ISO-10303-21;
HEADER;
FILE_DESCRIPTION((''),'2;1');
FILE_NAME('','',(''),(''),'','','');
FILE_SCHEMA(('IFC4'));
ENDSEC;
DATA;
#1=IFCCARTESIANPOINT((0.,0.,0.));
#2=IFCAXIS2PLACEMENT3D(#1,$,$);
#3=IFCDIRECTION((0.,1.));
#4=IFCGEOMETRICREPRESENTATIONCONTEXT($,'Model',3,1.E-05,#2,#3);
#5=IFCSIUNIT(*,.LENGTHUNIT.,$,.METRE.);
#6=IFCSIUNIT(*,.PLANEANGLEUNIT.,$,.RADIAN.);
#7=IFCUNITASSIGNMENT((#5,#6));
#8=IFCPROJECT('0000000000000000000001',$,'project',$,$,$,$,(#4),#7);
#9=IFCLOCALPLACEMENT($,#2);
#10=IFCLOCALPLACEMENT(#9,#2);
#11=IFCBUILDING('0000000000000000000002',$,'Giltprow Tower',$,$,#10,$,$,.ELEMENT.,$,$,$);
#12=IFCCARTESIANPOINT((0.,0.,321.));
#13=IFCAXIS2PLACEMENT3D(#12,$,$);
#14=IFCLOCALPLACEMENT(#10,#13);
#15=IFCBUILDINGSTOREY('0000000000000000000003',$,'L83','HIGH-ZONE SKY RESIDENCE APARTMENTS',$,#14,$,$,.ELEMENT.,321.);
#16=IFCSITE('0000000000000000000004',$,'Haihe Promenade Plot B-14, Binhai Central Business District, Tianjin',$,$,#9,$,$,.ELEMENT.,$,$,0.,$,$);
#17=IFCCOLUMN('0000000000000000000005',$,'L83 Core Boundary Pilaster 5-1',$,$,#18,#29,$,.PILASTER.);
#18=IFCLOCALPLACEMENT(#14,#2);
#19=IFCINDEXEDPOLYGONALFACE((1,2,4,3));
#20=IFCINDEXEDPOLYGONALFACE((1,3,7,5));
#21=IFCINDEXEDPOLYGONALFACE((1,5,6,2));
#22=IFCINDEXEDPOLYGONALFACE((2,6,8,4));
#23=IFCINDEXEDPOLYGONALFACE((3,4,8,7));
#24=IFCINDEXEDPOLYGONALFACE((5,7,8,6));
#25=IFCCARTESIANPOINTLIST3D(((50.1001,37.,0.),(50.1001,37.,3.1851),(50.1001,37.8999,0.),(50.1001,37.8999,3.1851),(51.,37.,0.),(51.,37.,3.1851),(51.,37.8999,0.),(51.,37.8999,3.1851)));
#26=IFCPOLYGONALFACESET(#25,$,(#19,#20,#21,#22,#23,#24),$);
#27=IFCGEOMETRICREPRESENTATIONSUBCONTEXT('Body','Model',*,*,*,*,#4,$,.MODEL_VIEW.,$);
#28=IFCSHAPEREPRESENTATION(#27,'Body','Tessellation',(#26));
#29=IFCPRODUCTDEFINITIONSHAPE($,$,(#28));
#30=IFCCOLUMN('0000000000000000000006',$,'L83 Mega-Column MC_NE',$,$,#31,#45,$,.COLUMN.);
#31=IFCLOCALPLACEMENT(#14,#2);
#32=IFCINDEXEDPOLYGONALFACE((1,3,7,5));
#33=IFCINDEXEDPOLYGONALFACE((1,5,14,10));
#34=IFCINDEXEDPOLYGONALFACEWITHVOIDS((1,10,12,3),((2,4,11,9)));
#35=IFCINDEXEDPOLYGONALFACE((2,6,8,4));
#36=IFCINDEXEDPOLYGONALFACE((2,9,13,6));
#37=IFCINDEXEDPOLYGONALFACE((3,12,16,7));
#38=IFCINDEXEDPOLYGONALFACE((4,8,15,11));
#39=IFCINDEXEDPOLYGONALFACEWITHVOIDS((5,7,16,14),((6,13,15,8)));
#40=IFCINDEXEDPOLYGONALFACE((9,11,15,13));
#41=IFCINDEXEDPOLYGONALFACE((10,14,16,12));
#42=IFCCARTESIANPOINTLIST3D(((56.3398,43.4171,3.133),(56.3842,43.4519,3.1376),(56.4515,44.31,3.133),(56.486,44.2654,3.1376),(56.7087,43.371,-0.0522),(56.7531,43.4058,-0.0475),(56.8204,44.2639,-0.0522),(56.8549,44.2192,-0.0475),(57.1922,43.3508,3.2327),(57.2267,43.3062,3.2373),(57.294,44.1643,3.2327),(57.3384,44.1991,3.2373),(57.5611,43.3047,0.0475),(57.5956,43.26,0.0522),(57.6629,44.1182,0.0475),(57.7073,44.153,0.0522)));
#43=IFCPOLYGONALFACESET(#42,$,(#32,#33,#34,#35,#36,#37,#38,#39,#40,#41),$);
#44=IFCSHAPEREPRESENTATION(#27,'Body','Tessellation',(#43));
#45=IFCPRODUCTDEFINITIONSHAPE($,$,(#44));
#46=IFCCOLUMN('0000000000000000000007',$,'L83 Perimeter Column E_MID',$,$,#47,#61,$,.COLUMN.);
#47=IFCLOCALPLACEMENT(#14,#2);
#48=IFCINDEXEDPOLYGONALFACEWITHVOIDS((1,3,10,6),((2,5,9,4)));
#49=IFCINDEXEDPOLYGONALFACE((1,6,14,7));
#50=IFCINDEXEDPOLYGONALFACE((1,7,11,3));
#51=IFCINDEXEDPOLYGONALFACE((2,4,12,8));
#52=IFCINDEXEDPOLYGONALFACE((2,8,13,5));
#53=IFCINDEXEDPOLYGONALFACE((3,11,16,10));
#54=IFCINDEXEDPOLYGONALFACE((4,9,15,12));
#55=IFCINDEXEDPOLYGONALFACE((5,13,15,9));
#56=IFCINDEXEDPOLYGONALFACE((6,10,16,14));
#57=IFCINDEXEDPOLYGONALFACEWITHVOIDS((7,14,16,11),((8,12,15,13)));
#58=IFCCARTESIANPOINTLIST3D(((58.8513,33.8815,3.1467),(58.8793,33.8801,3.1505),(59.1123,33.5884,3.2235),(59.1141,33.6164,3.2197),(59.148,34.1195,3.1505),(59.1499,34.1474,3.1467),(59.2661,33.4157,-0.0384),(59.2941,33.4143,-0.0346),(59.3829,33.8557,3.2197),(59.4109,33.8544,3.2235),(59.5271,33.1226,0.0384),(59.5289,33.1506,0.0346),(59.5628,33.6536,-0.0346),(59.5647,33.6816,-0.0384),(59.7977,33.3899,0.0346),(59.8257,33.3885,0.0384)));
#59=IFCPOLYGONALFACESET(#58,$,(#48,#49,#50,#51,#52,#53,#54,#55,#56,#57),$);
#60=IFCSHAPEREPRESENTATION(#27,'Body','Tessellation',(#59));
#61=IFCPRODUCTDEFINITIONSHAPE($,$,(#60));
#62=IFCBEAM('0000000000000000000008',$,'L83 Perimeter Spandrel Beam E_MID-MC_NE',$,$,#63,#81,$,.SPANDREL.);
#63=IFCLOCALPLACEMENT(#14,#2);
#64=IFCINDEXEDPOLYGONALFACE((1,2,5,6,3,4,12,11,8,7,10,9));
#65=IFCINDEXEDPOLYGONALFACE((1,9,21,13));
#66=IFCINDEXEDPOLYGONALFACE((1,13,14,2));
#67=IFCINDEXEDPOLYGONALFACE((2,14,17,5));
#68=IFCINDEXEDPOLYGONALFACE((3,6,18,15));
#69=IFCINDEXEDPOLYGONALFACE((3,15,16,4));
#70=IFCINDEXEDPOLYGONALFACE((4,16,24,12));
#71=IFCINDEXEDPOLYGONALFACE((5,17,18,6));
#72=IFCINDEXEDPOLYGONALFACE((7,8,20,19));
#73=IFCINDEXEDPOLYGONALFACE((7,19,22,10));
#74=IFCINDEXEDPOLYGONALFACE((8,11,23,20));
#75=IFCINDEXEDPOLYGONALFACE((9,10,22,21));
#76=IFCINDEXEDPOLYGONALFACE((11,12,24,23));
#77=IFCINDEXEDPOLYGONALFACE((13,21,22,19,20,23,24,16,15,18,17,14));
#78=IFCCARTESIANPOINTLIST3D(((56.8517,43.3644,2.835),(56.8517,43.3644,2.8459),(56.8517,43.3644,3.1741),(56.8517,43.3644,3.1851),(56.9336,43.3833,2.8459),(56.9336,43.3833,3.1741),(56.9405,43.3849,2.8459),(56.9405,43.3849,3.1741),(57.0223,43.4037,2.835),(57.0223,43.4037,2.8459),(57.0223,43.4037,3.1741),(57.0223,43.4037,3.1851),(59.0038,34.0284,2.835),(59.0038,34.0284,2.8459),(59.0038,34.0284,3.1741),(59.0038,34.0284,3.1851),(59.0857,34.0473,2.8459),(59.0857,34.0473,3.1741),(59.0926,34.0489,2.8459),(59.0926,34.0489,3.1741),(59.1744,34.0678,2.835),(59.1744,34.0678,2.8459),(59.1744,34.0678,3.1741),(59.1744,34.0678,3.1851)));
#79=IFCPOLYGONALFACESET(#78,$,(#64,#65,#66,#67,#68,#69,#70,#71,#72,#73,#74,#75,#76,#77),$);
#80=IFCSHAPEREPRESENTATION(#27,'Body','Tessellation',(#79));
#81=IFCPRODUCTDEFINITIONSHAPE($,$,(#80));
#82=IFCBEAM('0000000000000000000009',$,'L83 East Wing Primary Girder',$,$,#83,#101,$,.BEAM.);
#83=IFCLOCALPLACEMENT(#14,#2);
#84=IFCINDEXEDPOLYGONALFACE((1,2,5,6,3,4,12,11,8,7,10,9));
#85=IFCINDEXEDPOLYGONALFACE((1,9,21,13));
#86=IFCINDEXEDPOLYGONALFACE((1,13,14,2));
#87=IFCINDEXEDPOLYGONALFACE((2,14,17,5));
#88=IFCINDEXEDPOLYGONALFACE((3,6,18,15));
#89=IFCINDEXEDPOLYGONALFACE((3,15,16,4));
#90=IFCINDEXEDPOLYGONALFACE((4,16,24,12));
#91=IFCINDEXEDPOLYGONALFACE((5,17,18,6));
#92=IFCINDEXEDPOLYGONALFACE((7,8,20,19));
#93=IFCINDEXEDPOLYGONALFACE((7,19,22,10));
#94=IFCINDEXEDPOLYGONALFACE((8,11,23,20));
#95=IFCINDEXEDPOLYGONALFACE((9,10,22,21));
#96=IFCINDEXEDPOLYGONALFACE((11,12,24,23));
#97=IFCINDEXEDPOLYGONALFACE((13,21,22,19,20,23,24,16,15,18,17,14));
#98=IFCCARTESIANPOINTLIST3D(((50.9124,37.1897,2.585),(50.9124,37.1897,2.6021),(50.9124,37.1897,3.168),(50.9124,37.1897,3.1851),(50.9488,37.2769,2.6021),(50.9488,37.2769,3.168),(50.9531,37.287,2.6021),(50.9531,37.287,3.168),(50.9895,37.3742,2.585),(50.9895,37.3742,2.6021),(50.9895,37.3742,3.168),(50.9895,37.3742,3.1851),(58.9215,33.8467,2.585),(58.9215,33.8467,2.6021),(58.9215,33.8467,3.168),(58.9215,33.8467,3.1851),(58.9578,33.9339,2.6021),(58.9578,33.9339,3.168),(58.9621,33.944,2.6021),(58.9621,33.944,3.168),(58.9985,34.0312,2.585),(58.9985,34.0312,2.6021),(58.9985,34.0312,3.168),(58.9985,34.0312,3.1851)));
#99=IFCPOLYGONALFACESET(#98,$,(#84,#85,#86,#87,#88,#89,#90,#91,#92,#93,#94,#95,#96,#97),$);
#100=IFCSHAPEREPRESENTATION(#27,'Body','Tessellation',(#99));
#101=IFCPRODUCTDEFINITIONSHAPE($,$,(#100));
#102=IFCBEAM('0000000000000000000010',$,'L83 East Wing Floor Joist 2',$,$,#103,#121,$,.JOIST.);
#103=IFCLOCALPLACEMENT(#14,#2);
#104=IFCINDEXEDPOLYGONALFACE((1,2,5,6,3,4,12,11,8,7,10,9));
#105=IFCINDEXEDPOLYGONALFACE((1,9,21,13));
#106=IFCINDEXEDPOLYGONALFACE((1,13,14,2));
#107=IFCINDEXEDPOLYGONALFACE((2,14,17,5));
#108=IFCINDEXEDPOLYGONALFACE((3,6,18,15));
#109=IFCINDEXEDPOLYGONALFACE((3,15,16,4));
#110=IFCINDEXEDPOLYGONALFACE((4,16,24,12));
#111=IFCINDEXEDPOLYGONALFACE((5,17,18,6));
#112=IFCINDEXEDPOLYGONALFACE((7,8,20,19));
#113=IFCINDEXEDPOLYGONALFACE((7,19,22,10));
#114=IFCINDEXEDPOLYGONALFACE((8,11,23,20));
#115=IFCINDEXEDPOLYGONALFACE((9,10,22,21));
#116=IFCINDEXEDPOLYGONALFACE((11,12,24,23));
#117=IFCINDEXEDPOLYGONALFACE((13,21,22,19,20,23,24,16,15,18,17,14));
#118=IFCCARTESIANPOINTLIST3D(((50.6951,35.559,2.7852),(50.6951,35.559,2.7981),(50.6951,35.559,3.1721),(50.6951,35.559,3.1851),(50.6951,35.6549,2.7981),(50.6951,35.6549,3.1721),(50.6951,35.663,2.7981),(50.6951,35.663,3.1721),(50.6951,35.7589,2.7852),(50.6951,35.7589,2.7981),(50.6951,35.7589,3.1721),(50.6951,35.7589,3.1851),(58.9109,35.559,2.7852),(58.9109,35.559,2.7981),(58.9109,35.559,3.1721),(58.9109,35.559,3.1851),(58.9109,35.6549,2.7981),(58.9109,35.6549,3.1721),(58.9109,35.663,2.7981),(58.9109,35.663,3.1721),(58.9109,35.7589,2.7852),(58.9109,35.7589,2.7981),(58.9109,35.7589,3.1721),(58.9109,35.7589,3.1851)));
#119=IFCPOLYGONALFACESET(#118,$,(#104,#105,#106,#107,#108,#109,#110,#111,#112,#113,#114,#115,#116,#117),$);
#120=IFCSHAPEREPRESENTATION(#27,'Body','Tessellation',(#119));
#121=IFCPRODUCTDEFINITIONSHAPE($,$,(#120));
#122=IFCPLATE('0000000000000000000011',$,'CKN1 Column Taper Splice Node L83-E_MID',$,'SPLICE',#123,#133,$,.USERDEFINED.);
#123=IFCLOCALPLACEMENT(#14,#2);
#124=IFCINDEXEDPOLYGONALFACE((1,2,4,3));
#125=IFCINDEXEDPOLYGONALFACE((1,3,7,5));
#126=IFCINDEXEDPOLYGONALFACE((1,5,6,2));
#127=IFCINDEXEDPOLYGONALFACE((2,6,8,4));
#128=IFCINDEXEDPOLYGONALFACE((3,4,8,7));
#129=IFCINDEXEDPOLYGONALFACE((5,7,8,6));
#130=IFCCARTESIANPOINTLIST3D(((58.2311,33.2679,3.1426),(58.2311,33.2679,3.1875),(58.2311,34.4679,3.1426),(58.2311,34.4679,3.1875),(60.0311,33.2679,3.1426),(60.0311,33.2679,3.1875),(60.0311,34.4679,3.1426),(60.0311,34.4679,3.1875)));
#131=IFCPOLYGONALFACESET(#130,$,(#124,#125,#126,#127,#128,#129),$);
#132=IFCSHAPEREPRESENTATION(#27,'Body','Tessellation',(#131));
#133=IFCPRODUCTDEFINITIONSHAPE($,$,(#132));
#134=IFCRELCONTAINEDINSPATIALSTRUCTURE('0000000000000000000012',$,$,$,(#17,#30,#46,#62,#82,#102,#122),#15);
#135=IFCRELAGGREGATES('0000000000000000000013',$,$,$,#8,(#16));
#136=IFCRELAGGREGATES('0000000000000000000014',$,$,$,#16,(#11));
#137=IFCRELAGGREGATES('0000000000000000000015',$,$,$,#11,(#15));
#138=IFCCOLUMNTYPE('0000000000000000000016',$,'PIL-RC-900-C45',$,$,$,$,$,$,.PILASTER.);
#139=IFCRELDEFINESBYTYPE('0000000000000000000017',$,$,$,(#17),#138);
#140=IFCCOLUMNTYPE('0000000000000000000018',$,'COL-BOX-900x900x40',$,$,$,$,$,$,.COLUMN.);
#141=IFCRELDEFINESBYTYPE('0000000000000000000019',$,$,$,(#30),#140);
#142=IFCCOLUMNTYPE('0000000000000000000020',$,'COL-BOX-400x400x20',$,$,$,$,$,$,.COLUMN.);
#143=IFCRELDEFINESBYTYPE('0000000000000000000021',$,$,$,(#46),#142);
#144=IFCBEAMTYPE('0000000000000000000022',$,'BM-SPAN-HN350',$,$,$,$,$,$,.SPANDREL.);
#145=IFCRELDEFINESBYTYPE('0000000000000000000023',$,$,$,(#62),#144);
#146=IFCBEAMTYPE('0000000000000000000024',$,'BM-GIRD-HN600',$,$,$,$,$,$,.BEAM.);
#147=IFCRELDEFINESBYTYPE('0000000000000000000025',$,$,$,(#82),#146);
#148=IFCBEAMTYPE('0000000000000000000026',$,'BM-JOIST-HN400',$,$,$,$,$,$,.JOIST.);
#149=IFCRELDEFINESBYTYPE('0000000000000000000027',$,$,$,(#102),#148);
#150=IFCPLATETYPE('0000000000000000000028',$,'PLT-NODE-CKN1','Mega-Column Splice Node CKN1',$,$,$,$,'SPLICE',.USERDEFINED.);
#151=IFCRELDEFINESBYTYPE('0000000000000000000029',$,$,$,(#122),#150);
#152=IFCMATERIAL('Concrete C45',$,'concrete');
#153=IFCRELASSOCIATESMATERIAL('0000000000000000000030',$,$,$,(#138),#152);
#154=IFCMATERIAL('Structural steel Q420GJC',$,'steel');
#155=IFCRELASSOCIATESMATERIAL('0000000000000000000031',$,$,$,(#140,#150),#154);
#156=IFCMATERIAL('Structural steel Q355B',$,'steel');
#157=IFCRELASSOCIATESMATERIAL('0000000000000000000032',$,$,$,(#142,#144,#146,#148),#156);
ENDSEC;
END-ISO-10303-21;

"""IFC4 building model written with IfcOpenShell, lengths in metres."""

from ifc_helpers import new_model, si_unit, direction, frame, origin, origin_2d, place, context, subcontext, project, spatial, rectangle, hollow_rectangle, i_section, extrude, source, transform, mapped, material, material_profile, profile_set, type_object, element, save


model = new_model("IFC4")

# Units and contexts
model_context = context("Model", 3, precision=1e-05, world=origin(), true_north=direction((0.0, 1.0)))
body_context = subcontext(model_context, "Body", "Model", "MODEL_VIEW")
ifc_project = project(units=[si_unit("LENGTHUNIT", "METRE"), si_unit("PLANEANGLEUNIT", "RADIAN")], contexts=[model_context])

# Site, building, storey
site_placement = place(None, origin())
site = spatial("IfcSite", under=ifc_project, at=site_placement, Name="Haihe Promenade Plot B-14, Binhai Central Business District, Tianjin", CompositionType="ELEMENT", RefElevation=0.0)
building_placement = place(site_placement, origin())
building = spatial("IfcBuilding", under=site, at=building_placement, Name="Giltprow Tower", CompositionType="ELEMENT")
storey_placement = place(building_placement, frame((0.0, 0.0, 321.0)))
storey = spatial("IfcBuildingStorey", under=building, at=storey_placement, Name="L83", Description="HIGH-ZONE SKY RESIDENCE APARTMENTS", CompositionType="ELEMENT", Elevation=321.0)

# Columns
ifc_material_1 = material(Name="Concrete C45", Category="concrete")
ifc_material_profile_1 = material_profile(ifc_material_1, rectangle(XDim=0.8999, YDim=0.8999, at=origin_2d()), Name="RC 900x900")
ifc_profile_set_1 = profile_set([ifc_material_profile_1], Name="Concrete C45")
column_type_1 = type_object("IfcColumnType", Name="PIL-RC-900-C45", PredefinedType="PILASTER", material=ifc_profile_set_1)
shared_shape_1 = source(origin(), body_context, "Body", "SweptSolid", [
    extrude(rectangle(XDim=0.8999, YDim=0.8999, at=origin_2d()), origin(), (0.0, 0.0, 1.0), 3.1851),
])
column_1_placement = place(storey_placement, frame((50.55, 37.45, 0.0), z_axis=(0.0, 0.0, 1.0), x_axis=(1.0, 0.0, 0.0)))
element("IfcColumn", 1, at=column_1_placement, inside=storey, type_object=column_type_1, Name="L83 Core Boundary Pilaster 5-1", PredefinedType="PILASTER", context=body_context, shape_type="MappedRepresentation", body=[
    mapped(shared_shape_1, transform((0.0, 0.0, 0.0), x_axis=(1.0, 0.0, 0.0), y_axis=(0.0, 1.0, 0.0), z_axis=(0.0, 0.0, 1.0), scale=1.0)),
])
ifc_material_2 = material(Name="Structural steel Q420GJC", Category="steel")
ifc_material_profile_2 = material_profile(ifc_material_2, hollow_rectangle(XDim=0.8999, YDim=0.8999, WallThickness=0.04, at=origin_2d()), Name="BOX 900x900x40")
ifc_profile_set_2 = profile_set([ifc_material_profile_2], Name="Structural steel Q420GJC")
column_type_2 = type_object("IfcColumnType", Name="COL-BOX-900x900x40", PredefinedType="COLUMN", material=ifc_profile_set_2)
shared_shape_2 = source(origin(), body_context, "Body", "SweptSolid", [
    extrude(hollow_rectangle(XDim=0.8999, YDim=0.8999, WallThickness=0.04, at=origin_2d()), origin(), (0.0, 0.0, 1.0), 3.2068),
])
column_2_placement = place(storey_placement, frame((57.208, 43.762, 0.0), z_axis=(-0.11504, 0.01439, 0.993257), x_axis=(-0.124116, -0.992268, 0.0)))
element("IfcColumn", 2, at=column_2_placement, inside=storey, type_object=column_type_2, Name="L83 Mega-Column MC_NE", PredefinedType="COLUMN", context=body_context, shape_type="MappedRepresentation", body=[
    mapped(shared_shape_2, transform((0.0, 0.0, 0.0), x_axis=(1.0, 0.0, 0.0), y_axis=(0.0, 1.0, 0.0), z_axis=(0.0, 0.0, 1.0), scale=1.0)),
])
ifc_material_3 = material(Name="Structural steel Q355B", Category="steel")
ifc_material_profile_3 = material_profile(ifc_material_3, hollow_rectangle(XDim=0.3999, YDim=0.3999, WallThickness=0.02, at=origin_2d()), Name="BOX 400x400x20")
ifc_profile_set_3 = profile_set([ifc_material_profile_3], Name="Structural steel Q355B")
column_type_3 = type_object("IfcColumnType", Name="COL-BOX-400x400x20", PredefinedType="COLUMN", material=ifc_profile_set_3)
shared_shape_3 = source(origin(), body_context, "Body", "SweptSolid", [
    extrude(hollow_rectangle(XDim=0.3999, YDim=0.3999, WallThickness=0.02, at=origin_2d()), origin(), (0.0, 0.0, 1.0), 3.2456),
])
column_3_placement = place(storey_placement, frame((59.5459, 33.4021, 0.0), z_axis=(-0.127804, 0.143526, 0.98136), x_axis=(-0.746826, -0.66502, 0.0)))
element("IfcColumn", 3, at=column_3_placement, inside=storey, type_object=column_type_3, Name="L83 Perimeter Column E_MID", PredefinedType="COLUMN", context=body_context, shape_type="MappedRepresentation", body=[
    mapped(shared_shape_3, transform((0.0, 0.0, 0.0), x_axis=(1.0, 0.0, 0.0), y_axis=(0.0, 1.0, 0.0), z_axis=(0.0, 0.0, 1.0), scale=1.0)),
])

# Beams
ifc_material_profile_4 = material_profile(ifc_material_3, i_section(OverallWidth=0.175, OverallDepth=0.3501, WebThickness=0.0071, FlangeThickness=0.011, at=origin_2d()), Name="HN 350x175x7x11")
ifc_profile_set_4 = profile_set([ifc_material_profile_4], Name="Structural steel Q355B")
beam_type_1 = type_object("IfcBeamType", Name="BM-SPAN-HN350", PredefinedType="SPANDREL", material=ifc_profile_set_4)
shared_shape_4 = source(origin(), body_context, "Body", "SweptSolid", [
    extrude(i_section(OverallWidth=0.175, OverallDepth=0.3501, WebThickness=0.0071, FlangeThickness=0.011, at=origin_2d()), origin(), (0.0, 0.0, 1.0), 9.5808),
])
beam_1_placement = place(storey_placement, frame((59.0891, 34.0481, 3.01), z_axis=(-0.224627, 0.974445, 0.0), x_axis=(-0.974445, -0.224627, 0.0)))
element("IfcBeam", 4, at=beam_1_placement, inside=storey, type_object=beam_type_1, Name="L83 Perimeter Spandrel Beam E_MID-MC_NE", PredefinedType="SPANDREL", context=body_context, shape_type="MappedRepresentation", body=[
    mapped(shared_shape_4, transform((0.0, 0.0, 0.0), x_axis=(1.0, 0.0, 0.0), y_axis=(0.0, 1.0, 0.0), z_axis=(0.0, 0.0, 1.0), scale=1.0)),
])
ifc_material_profile_5 = material_profile(ifc_material_3, i_section(OverallWidth=0.2, OverallDepth=0.6001, WebThickness=0.011, FlangeThickness=0.0171, at=origin_2d()), Name="HN 600x200x11x17")
ifc_profile_set_5 = profile_set([ifc_material_profile_5], Name="Structural steel Q355B")
beam_type_2 = type_object("IfcBeamType", Name="BM-GIRD-HN600", PredefinedType="BEAM", material=ifc_profile_set_5)
shared_shape_5 = source(origin(), body_context, "Body", "SweptSolid", [
    extrude(i_section(OverallWidth=0.2, OverallDepth=0.6001, WebThickness=0.011, FlangeThickness=0.0171, at=origin_2d()), origin(), (0.0, 0.0, 1.0), 8.6787),
])
beam_2_placement = place(storey_placement, frame((58.96, 33.939, 2.885), z_axis=(-0.922835, 0.385197, 0.0), x_axis=(-0.385197, -0.922835, 0.0)))
element("IfcBeam", 5, at=beam_2_placement, inside=storey, type_object=beam_type_2, Name="L83 East Wing Primary Girder", PredefinedType="BEAM", context=body_context, shape_type="MappedRepresentation", body=[
    mapped(shared_shape_5, transform((0.0, 0.0, 0.0), x_axis=(1.0, 0.0, 0.0), y_axis=(0.0, 1.0, 0.0), z_axis=(0.0, 0.0, 1.0), scale=1.0)),
])
ifc_material_profile_6 = material_profile(ifc_material_3, i_section(OverallWidth=0.2, OverallDepth=0.3999, WebThickness=0.0081, FlangeThickness=0.0129, at=origin_2d()), Name="HN 400x200x8x13")
ifc_profile_set_6 = profile_set([ifc_material_profile_6], Name="Structural steel Q355B")
beam_type_3 = type_object("IfcBeamType", Name="BM-JOIST-HN400", PredefinedType="JOIST", material=ifc_profile_set_6)
shared_shape_6 = source(origin(), body_context, "Body", "SweptSolid", [
    extrude(i_section(OverallWidth=0.2, OverallDepth=0.3999, WebThickness=0.0081, FlangeThickness=0.0129, at=origin_2d()), origin(), (0.0, 0.0, 1.0), 8.2158),
])
beam_3_placement = place(storey_placement, frame((50.6951, 35.6589, 2.9851), z_axis=(1.0, 0.0, 0.0), x_axis=(0.0, 1.0, 0.0)))
element("IfcBeam", 6, at=beam_3_placement, inside=storey, type_object=beam_type_3, Name="L83 East Wing Floor Joist 2", PredefinedType="JOIST", context=body_context, shape_type="MappedRepresentation", body=[
    mapped(shared_shape_6, transform((0.0, 0.0, 0.0), x_axis=(1.0, 0.0, 0.0), y_axis=(0.0, 1.0, 0.0), z_axis=(0.0, 0.0, 1.0), scale=1.0)),
])

# Plate
plate_type = type_object("IfcPlateType", Name="PLT-NODE-CKN1", Description="Mega-Column Splice Node CKN1", ElementType="SPLICE", PredefinedType="USERDEFINED", material=ifc_material_2)
shared_shape_7 = source(origin(), body_context, "Body", "SweptSolid", [
    extrude(rectangle(XDim=1.8, YDim=1.2, at=origin_2d()), origin(), (0.0, 0.0, 1.0), 0.0449),
])
plate_placement = place(storey_placement, frame((59.1311, 33.8679, 3.1426), z_axis=(0.0, 0.0, 1.0), x_axis=(1.0, 0.0, 0.0)))
element("IfcPlate", 7, at=plate_placement, inside=storey, type_object=plate_type, Name="CKN1 Column Taper Splice Node L83-E_MID", ObjectType="SPLICE", PredefinedType="USERDEFINED", context=body_context, shape_type="MappedRepresentation", body=[
    mapped(shared_shape_7, transform((0.0, 0.0, 0.0), x_axis=(1.0, 0.0, 0.0), y_axis=(0.0, 1.0, 0.0), z_axis=(0.0, 0.0, 1.0), scale=1.0)),
])

save(model, "model.ifc")
